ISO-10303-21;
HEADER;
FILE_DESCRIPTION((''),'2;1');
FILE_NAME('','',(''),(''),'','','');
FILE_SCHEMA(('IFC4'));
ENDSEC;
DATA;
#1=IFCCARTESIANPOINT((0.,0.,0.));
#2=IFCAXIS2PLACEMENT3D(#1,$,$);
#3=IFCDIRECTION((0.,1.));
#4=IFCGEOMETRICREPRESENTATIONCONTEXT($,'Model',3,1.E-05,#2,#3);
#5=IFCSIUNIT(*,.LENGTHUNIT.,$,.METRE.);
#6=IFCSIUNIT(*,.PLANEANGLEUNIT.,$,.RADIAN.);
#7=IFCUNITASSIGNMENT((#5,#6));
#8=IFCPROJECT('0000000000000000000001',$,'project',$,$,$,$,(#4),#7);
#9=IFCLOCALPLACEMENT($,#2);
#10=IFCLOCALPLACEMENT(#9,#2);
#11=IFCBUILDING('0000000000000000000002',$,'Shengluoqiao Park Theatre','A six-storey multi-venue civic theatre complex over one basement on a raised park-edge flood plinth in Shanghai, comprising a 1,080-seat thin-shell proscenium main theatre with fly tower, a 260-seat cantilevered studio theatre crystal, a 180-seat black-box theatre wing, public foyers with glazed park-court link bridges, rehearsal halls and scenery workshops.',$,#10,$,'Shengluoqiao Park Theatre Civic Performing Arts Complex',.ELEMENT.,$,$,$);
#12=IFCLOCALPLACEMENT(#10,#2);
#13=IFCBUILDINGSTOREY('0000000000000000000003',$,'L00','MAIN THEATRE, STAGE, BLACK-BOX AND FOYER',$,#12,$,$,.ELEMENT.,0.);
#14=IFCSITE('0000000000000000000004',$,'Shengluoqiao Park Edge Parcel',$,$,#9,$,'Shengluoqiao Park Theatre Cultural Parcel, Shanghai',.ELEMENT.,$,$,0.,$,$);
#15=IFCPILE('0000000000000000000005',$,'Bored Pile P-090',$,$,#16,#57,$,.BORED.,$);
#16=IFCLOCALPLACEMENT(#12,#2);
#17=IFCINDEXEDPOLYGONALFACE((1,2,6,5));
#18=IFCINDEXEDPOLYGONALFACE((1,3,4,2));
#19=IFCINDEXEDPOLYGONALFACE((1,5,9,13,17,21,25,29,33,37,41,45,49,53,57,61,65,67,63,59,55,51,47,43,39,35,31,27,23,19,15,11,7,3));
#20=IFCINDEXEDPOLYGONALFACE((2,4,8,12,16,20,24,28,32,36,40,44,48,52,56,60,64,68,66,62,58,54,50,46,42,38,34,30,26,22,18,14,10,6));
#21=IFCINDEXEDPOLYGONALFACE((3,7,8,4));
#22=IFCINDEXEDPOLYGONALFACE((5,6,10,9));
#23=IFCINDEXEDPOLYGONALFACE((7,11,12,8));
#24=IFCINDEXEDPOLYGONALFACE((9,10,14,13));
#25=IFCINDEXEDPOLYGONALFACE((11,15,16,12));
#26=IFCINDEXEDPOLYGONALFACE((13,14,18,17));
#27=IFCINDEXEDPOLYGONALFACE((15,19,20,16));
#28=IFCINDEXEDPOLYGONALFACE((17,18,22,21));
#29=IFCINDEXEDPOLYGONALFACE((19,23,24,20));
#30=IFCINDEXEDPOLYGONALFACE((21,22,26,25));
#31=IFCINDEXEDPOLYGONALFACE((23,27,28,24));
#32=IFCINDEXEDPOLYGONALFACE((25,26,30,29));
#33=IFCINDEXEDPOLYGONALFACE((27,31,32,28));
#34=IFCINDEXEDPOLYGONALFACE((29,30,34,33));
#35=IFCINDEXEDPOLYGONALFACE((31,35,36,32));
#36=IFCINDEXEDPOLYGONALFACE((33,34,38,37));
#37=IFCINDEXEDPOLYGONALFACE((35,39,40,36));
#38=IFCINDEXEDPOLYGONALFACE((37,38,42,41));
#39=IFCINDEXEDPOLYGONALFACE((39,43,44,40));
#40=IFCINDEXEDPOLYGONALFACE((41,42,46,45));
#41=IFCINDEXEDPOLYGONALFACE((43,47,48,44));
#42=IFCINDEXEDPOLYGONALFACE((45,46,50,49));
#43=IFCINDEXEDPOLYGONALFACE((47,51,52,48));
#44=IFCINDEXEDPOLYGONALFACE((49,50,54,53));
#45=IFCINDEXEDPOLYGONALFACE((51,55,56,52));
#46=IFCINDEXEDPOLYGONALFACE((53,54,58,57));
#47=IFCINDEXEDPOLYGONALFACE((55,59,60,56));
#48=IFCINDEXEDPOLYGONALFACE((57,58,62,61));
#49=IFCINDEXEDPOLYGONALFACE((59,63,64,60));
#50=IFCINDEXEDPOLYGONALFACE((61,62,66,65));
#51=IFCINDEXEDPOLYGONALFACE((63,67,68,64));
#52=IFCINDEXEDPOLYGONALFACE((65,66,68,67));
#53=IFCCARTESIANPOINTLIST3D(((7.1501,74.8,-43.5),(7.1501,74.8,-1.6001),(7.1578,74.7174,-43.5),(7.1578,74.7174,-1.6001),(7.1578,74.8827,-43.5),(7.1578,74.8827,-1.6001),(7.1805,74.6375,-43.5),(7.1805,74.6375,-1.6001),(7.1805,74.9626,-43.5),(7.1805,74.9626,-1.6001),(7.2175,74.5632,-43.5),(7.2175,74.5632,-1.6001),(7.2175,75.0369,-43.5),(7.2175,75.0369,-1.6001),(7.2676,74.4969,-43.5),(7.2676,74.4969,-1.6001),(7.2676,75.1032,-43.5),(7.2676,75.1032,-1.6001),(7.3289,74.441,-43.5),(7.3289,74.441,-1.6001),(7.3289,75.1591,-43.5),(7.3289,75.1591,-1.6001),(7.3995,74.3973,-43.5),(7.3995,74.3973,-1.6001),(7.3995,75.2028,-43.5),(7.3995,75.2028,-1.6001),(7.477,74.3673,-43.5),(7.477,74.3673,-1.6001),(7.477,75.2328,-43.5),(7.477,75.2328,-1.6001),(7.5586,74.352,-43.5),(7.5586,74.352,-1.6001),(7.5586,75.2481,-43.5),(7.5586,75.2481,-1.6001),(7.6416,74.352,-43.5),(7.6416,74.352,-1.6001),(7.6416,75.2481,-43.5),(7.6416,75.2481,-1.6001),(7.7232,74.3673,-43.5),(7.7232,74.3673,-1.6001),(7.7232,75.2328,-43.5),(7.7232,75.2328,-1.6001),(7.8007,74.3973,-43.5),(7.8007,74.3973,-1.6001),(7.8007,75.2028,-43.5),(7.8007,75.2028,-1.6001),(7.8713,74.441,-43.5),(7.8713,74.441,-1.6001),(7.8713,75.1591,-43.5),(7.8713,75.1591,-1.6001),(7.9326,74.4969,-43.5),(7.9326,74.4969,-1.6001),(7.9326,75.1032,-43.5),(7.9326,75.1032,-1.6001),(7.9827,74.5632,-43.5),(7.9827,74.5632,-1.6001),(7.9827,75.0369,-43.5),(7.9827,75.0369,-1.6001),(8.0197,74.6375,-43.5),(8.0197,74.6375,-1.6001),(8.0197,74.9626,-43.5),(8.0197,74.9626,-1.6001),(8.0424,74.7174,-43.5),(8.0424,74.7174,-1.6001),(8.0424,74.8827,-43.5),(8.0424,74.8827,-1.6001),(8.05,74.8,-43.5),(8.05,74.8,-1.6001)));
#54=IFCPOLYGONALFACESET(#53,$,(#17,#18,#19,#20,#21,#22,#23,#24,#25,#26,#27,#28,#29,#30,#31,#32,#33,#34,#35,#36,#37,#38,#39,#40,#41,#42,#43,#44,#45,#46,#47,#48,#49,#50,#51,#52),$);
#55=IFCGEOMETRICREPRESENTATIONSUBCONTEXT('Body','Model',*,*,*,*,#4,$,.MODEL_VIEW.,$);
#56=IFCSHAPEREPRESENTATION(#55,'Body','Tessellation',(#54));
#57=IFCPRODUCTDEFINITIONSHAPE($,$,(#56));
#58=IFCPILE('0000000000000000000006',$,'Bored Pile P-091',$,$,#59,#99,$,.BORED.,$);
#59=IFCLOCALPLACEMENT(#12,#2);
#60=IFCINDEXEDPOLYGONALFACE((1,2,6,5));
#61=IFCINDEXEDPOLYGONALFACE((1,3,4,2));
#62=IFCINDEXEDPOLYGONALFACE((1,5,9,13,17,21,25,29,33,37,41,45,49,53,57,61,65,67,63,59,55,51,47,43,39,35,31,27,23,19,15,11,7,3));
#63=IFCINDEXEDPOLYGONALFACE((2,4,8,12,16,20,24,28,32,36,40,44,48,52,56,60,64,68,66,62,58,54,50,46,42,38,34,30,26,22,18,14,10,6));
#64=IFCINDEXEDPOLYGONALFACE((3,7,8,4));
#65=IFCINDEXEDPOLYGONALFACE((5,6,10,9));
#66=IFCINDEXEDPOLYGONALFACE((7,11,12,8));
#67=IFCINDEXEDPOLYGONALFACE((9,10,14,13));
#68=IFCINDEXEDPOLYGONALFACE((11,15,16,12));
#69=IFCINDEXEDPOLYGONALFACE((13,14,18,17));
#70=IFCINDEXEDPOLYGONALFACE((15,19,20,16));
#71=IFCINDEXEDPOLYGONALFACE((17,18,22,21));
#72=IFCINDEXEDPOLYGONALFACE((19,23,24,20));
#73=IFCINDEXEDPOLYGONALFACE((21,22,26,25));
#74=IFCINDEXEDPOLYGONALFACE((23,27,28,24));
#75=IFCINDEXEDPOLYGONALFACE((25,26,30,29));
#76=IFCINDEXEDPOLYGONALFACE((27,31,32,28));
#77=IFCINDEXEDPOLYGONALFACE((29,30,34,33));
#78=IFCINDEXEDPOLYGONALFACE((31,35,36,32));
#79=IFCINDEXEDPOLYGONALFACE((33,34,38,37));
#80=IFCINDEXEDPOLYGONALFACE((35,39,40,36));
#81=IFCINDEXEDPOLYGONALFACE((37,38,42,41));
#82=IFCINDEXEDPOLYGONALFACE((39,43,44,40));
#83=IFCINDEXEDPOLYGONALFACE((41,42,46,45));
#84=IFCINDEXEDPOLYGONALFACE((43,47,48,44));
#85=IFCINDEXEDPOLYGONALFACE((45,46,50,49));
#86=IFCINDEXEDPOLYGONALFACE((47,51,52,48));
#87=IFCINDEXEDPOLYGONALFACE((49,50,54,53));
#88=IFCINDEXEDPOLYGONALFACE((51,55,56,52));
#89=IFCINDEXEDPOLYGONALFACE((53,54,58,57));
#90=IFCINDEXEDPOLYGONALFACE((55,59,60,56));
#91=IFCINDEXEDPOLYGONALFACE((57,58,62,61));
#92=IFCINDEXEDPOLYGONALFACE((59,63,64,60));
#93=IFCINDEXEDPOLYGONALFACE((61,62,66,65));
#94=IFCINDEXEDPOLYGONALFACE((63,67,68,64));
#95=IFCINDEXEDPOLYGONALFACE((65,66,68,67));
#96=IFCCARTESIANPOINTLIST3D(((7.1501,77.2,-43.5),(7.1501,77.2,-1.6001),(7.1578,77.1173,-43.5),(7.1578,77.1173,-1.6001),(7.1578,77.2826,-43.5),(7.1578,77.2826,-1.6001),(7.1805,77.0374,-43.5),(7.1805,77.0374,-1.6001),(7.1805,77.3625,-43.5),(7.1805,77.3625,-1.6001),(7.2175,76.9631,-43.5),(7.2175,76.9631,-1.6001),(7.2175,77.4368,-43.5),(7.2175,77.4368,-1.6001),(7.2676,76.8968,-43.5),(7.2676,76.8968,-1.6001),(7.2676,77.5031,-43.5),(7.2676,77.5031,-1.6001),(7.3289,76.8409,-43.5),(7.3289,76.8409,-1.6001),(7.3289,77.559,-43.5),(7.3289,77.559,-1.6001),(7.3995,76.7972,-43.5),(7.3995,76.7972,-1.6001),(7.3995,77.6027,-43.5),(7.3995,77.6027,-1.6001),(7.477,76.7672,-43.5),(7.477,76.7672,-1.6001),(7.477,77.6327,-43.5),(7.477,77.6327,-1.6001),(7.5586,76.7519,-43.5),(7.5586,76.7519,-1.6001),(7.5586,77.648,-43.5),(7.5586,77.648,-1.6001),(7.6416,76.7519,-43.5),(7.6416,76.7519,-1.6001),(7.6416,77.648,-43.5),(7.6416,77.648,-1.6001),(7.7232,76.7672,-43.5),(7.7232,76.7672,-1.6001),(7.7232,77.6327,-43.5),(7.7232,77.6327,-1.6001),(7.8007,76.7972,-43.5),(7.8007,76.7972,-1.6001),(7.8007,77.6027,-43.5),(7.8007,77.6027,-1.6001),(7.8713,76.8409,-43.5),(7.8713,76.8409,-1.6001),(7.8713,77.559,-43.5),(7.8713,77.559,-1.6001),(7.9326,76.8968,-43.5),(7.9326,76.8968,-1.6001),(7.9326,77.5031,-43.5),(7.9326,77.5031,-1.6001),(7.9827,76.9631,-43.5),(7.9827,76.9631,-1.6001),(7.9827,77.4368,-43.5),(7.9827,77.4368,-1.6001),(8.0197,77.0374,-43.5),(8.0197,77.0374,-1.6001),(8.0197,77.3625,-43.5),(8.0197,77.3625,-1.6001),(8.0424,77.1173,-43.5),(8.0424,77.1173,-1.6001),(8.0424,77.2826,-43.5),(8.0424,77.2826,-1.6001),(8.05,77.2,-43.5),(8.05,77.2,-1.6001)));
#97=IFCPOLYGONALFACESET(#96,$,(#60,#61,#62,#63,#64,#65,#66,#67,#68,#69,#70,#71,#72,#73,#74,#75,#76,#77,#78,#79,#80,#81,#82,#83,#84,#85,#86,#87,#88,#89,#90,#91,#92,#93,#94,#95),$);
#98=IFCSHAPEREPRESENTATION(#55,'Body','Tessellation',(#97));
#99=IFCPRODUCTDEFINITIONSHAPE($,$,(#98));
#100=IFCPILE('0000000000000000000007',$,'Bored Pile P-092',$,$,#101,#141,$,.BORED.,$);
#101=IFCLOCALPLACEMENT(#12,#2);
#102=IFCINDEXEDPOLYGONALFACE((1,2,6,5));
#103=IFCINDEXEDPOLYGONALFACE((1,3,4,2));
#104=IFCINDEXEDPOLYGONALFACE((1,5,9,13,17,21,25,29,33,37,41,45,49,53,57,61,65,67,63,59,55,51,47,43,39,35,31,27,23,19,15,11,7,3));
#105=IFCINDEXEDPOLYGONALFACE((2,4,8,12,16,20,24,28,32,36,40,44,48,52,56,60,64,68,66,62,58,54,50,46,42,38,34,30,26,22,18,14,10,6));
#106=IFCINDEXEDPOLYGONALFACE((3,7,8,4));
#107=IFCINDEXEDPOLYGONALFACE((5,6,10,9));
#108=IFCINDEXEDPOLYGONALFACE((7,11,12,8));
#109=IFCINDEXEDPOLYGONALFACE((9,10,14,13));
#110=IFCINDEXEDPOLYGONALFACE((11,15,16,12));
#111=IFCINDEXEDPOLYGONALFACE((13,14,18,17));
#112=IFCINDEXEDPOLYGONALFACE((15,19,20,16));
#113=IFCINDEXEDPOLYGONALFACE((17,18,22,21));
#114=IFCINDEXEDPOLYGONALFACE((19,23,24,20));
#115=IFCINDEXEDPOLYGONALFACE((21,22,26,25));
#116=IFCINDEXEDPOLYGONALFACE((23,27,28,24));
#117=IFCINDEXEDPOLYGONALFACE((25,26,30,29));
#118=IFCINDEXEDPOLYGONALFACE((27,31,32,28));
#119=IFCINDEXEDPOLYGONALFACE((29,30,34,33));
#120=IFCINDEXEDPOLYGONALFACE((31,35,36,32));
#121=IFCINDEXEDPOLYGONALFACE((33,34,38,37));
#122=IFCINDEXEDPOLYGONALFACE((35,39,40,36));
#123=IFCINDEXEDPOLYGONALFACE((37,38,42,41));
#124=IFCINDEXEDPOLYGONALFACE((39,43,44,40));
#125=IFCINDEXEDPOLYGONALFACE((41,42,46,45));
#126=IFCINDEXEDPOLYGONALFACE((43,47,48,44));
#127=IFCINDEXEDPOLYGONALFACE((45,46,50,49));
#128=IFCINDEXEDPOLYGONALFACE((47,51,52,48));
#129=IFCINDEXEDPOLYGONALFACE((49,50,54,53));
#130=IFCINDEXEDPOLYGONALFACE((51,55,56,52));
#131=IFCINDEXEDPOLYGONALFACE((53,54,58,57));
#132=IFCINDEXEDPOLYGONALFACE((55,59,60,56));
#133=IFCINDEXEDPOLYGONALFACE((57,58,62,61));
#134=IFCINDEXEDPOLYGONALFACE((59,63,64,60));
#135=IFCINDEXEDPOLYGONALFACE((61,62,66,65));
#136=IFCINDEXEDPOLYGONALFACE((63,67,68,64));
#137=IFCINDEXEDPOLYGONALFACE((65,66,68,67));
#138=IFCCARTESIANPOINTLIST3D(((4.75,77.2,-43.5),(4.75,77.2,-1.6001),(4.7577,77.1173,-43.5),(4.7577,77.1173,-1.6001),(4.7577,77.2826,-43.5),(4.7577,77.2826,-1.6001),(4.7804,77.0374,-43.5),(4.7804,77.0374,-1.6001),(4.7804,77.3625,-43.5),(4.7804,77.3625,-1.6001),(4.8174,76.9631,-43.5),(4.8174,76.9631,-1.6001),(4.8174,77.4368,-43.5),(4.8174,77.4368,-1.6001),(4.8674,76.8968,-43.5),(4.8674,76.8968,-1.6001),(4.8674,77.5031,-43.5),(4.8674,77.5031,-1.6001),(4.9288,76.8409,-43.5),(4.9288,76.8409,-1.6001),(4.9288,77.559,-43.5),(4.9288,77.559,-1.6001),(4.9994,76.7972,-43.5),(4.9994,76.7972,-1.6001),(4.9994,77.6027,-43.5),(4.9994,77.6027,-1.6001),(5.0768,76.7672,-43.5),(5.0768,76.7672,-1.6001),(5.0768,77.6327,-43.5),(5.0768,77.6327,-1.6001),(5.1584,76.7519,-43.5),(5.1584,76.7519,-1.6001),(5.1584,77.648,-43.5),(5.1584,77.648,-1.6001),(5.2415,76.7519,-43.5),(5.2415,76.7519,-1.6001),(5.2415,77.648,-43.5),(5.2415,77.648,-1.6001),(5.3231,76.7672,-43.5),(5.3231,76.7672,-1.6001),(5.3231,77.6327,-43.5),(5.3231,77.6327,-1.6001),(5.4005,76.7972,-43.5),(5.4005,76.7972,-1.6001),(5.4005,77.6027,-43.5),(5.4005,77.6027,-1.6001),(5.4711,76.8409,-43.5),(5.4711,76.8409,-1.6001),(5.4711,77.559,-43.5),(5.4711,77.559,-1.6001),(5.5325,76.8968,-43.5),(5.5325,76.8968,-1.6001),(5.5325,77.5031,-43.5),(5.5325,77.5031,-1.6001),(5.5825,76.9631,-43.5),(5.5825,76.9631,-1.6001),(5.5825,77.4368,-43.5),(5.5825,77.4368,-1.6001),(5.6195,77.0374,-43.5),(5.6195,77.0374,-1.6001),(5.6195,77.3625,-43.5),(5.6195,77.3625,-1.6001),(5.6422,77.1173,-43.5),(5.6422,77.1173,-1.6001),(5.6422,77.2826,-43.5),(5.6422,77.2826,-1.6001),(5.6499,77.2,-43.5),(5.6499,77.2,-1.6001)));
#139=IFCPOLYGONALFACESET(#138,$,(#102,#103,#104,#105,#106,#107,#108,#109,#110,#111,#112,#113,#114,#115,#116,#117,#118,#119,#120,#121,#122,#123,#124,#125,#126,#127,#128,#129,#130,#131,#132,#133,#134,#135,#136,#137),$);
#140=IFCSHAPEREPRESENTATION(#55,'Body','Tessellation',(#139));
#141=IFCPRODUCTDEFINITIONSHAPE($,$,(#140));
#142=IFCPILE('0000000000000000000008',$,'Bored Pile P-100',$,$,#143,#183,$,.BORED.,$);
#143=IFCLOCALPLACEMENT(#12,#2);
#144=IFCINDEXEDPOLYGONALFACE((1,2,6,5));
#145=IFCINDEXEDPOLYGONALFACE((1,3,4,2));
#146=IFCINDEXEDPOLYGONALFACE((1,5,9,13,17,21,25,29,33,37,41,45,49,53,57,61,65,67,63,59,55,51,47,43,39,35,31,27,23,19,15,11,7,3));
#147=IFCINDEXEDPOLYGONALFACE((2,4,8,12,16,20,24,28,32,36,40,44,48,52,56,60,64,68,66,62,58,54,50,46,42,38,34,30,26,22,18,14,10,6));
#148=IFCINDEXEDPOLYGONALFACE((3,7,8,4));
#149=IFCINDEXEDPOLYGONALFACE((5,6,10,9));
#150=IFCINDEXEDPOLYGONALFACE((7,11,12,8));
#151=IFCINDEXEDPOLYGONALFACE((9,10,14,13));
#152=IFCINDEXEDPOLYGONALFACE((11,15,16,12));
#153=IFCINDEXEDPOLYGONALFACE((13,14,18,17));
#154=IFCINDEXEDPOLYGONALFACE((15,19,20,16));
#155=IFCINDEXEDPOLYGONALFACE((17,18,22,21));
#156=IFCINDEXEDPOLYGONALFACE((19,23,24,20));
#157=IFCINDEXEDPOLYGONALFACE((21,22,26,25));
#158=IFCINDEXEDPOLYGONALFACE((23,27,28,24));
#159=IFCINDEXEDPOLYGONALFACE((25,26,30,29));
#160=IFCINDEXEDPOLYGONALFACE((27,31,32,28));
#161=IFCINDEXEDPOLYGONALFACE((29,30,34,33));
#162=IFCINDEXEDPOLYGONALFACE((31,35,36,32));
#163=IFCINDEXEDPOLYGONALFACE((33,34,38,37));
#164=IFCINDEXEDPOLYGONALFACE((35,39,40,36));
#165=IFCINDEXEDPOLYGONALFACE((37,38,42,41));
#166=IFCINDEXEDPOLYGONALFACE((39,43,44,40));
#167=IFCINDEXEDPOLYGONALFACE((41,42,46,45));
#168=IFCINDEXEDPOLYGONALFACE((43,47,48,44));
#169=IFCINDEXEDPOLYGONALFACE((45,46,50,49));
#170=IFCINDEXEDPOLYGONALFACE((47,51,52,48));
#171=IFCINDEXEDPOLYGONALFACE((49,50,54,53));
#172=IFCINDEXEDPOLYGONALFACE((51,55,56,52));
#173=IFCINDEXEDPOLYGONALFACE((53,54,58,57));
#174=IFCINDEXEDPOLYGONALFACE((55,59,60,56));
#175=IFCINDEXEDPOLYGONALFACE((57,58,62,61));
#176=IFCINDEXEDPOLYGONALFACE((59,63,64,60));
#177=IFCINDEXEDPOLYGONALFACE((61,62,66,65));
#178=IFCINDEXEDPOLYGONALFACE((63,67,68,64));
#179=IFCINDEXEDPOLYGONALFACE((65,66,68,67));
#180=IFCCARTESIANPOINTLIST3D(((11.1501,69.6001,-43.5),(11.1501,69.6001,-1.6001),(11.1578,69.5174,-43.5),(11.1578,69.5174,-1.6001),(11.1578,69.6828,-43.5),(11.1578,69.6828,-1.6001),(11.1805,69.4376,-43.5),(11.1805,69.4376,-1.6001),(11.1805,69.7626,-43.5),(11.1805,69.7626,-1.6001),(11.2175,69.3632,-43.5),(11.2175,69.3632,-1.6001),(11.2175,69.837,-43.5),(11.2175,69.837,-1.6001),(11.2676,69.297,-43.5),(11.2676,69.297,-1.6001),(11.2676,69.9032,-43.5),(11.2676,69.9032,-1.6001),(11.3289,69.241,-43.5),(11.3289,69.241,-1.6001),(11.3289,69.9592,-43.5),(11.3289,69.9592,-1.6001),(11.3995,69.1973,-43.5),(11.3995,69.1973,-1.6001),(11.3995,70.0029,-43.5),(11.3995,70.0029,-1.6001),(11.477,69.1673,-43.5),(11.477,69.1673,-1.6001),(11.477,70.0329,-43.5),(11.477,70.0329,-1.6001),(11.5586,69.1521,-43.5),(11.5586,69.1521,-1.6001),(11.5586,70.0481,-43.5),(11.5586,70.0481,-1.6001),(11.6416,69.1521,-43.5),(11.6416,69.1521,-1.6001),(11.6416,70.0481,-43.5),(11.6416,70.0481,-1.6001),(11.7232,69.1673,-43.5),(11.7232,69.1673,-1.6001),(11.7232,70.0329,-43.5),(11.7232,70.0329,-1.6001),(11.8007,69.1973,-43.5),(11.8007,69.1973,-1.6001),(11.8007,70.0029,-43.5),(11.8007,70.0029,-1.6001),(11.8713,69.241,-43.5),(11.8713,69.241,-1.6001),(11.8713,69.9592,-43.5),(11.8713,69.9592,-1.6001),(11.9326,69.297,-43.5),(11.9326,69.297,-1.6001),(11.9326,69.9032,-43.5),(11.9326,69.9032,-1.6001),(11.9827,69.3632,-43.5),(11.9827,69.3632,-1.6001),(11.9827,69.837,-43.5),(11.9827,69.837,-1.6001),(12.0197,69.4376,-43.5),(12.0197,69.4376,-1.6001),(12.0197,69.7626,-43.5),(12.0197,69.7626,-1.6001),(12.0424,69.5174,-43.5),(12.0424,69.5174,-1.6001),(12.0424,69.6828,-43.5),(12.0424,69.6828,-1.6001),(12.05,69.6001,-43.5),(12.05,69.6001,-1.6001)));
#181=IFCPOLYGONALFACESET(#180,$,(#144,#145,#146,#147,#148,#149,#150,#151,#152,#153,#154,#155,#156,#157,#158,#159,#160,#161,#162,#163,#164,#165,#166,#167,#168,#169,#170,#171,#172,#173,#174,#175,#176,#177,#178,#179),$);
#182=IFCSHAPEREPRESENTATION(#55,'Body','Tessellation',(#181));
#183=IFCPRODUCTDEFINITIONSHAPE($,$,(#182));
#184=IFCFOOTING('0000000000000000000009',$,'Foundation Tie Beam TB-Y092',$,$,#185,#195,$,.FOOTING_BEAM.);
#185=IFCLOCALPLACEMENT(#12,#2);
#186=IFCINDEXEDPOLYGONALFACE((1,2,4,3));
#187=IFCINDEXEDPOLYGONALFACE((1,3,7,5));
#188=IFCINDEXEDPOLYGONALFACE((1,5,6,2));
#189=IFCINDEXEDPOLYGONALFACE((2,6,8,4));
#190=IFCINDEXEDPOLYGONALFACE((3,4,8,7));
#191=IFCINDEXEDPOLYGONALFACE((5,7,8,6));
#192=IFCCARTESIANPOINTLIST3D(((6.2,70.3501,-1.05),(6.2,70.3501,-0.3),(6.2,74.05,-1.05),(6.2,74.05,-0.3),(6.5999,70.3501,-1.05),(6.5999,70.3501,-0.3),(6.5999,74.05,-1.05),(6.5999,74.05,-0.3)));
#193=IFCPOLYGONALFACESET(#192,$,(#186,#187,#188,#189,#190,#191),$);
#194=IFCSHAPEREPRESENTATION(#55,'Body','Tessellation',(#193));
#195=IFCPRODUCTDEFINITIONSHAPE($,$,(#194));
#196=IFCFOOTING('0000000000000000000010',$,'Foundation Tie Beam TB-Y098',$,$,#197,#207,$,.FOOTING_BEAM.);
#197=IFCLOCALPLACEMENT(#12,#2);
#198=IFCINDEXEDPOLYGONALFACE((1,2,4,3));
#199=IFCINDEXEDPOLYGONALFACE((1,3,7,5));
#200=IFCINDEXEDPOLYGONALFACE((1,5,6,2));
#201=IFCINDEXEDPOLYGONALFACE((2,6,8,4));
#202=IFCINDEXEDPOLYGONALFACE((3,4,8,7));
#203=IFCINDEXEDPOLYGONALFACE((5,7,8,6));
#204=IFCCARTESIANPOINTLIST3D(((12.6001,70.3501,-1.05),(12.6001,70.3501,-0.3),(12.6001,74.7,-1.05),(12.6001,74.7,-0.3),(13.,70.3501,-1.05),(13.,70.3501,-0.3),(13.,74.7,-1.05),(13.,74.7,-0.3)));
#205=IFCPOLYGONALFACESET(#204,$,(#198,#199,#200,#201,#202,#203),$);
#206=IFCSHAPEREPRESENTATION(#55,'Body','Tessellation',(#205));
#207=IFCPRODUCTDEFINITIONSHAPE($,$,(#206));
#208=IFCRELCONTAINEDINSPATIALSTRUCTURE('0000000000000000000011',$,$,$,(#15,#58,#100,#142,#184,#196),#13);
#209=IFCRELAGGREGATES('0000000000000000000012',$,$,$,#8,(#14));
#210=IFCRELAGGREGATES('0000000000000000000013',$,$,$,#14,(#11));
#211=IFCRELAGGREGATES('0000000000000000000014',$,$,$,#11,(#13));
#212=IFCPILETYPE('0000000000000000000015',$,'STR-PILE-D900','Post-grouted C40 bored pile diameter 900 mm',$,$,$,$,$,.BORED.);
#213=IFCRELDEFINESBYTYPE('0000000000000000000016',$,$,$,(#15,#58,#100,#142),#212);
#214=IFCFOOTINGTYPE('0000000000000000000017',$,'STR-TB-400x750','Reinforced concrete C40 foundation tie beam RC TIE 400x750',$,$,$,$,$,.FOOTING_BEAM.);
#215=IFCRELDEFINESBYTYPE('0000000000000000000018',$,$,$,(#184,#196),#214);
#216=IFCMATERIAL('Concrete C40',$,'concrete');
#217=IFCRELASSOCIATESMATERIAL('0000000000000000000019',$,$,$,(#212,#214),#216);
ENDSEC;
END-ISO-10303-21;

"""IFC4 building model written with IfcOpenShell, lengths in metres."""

from ifc_helpers import new_model, si_unit, direction, frame, origin, origin_2d, place, context, subcontext, project, spatial, rectangle, circle, extrude, material, material_profile, profile_set, type_object, element, save


model = new_model("IFC4")

# Units and contexts
model_context = context("Model", 3, precision=1e-05, world=origin(), true_north=direction((0.0, 1.0)))
body_context = subcontext(model_context, "Body", "Model", "MODEL_VIEW")
ifc_project = project(units=[si_unit("LENGTHUNIT", "METRE"), si_unit("PLANEANGLEUNIT", "RADIAN")], contexts=[model_context])

# Site, building, storey
site_placement = place(None, origin())
site = spatial("IfcSite", under=ifc_project, at=site_placement, Name="Shengluoqiao Park Edge Parcel", LongName="Shengluoqiao Park Theatre Cultural Parcel, Shanghai", CompositionType="ELEMENT", RefElevation=0.0)
building_placement = place(site_placement, origin())
building = spatial("IfcBuilding", under=site, at=building_placement, Name="Shengluoqiao Park Theatre", Description="A six-storey multi-venue civic theatre complex over one basement on a raised park-edge flood plinth in Shanghai, comprising a 1,080-seat thin-shell proscenium main theatre with fly tower, a 260-seat cantilevered studio theatre crystal, a 180-seat black-box theatre wing, public foyers with glazed park-court link bridges, rehearsal halls and scenery workshops.", LongName="Shengluoqiao Park Theatre Civic Performing Arts Complex", CompositionType="ELEMENT")
storey_placement = place(building_placement, origin())
storey = spatial("IfcBuildingStorey", under=building, at=storey_placement, Name="L00", Description="MAIN THEATRE, STAGE, BLACK-BOX AND FOYER", CompositionType="ELEMENT", Elevation=0.0)

# Shared definitions
ifc_material_1 = material(Name="Concrete C40", Category="concrete")

# Piles
ifc_material_profile_1 = material_profile(ifc_material_1, circle(Radius=0.45, at=origin_2d()), Name="BORED PILE D900")
ifc_profile_set_1 = profile_set([ifc_material_profile_1], Name="Concrete C40")
pile_type = type_object("IfcPileType", Name="STR-PILE-D900", Description="Post-grouted C40 bored pile diameter 900 mm", PredefinedType="BORED", material=ifc_profile_set_1)
for number, where, z_axis, x_axis, name in (
    (1, (7.6001, 74.8, -1.6001), (0.0, 0.0, -1.0), (1.0, 0.0, 0.0), "Bored Pile P-090"),
    (2, (7.6001, 77.2, -1.6001), (0.0, 0.0, -1.0), (1.0, 0.0, 0.0), "Bored Pile P-091"),
    (3, (5.2, 77.2, -1.6001), (0.0, 0.0, -1.0), (1.0, 0.0, 0.0), "Bored Pile P-092"),
    (4, (11.6001, 69.6001, -1.6001), (0.0, 0.0, -1.0), (1.0, 0.0, 0.0), "Bored Pile P-100"),
):
    element("IfcPile", number, at=place(storey_placement, frame(where, z_axis=z_axis, x_axis=x_axis)), inside=storey, type_object=pile_type, Name=name, PredefinedType="BORED", context=body_context, shape_type="SweptSolid", body=[
        extrude(circle(Radius=0.45, at=origin_2d()), origin(), (0.0, 0.0, 1.0), 41.8999),
    ])

# Footings
ifc_material_profile_2 = material_profile(ifc_material_1, rectangle(XDim=0.3999, YDim=0.75, at=origin_2d()), Name="RC TIE 400x750")
ifc_profile_set_2 = profile_set([ifc_material_profile_2], Name="Concrete C40")
footing_type_1 = type_object("IfcFootingType", Name="STR-TB-400x750", Description="Reinforced concrete C40 foundation tie beam RC TIE 400x750", PredefinedType="FOOTING_BEAM", material=ifc_profile_set_2)
footing_1_placement = place(storey_placement, frame((6.3999, 70.3501, -0.675), z_axis=(0.0, 1.0, 0.0), x_axis=(-1.0, 0.0, 0.0)))
element("IfcFooting", 5, at=footing_1_placement, inside=storey, type_object=footing_type_1, Name="Foundation Tie Beam TB-Y092", PredefinedType="FOOTING_BEAM", context=body_context, shape_type="SweptSolid", body=[
    extrude(rectangle(XDim=0.3999, YDim=0.75, at=origin_2d()), origin(), (0.0, 0.0, 1.0), 3.7),
])
footing_2_placement = place(storey_placement, frame((12.8, 70.3501, -0.675), z_axis=(0.0, 1.0, 0.0), x_axis=(-1.0, 0.0, 0.0)))
element("IfcFooting", 6, at=footing_2_placement, inside=storey, type_object=footing_type_1, Name="Foundation Tie Beam TB-Y098", PredefinedType="FOOTING_BEAM", context=body_context, shape_type="SweptSolid", body=[
    extrude(rectangle(XDim=0.3999, YDim=0.75, at=origin_2d()), origin(), (0.0, 0.0, 1.0), 4.3499),
])

save(model, "model.ifc")
